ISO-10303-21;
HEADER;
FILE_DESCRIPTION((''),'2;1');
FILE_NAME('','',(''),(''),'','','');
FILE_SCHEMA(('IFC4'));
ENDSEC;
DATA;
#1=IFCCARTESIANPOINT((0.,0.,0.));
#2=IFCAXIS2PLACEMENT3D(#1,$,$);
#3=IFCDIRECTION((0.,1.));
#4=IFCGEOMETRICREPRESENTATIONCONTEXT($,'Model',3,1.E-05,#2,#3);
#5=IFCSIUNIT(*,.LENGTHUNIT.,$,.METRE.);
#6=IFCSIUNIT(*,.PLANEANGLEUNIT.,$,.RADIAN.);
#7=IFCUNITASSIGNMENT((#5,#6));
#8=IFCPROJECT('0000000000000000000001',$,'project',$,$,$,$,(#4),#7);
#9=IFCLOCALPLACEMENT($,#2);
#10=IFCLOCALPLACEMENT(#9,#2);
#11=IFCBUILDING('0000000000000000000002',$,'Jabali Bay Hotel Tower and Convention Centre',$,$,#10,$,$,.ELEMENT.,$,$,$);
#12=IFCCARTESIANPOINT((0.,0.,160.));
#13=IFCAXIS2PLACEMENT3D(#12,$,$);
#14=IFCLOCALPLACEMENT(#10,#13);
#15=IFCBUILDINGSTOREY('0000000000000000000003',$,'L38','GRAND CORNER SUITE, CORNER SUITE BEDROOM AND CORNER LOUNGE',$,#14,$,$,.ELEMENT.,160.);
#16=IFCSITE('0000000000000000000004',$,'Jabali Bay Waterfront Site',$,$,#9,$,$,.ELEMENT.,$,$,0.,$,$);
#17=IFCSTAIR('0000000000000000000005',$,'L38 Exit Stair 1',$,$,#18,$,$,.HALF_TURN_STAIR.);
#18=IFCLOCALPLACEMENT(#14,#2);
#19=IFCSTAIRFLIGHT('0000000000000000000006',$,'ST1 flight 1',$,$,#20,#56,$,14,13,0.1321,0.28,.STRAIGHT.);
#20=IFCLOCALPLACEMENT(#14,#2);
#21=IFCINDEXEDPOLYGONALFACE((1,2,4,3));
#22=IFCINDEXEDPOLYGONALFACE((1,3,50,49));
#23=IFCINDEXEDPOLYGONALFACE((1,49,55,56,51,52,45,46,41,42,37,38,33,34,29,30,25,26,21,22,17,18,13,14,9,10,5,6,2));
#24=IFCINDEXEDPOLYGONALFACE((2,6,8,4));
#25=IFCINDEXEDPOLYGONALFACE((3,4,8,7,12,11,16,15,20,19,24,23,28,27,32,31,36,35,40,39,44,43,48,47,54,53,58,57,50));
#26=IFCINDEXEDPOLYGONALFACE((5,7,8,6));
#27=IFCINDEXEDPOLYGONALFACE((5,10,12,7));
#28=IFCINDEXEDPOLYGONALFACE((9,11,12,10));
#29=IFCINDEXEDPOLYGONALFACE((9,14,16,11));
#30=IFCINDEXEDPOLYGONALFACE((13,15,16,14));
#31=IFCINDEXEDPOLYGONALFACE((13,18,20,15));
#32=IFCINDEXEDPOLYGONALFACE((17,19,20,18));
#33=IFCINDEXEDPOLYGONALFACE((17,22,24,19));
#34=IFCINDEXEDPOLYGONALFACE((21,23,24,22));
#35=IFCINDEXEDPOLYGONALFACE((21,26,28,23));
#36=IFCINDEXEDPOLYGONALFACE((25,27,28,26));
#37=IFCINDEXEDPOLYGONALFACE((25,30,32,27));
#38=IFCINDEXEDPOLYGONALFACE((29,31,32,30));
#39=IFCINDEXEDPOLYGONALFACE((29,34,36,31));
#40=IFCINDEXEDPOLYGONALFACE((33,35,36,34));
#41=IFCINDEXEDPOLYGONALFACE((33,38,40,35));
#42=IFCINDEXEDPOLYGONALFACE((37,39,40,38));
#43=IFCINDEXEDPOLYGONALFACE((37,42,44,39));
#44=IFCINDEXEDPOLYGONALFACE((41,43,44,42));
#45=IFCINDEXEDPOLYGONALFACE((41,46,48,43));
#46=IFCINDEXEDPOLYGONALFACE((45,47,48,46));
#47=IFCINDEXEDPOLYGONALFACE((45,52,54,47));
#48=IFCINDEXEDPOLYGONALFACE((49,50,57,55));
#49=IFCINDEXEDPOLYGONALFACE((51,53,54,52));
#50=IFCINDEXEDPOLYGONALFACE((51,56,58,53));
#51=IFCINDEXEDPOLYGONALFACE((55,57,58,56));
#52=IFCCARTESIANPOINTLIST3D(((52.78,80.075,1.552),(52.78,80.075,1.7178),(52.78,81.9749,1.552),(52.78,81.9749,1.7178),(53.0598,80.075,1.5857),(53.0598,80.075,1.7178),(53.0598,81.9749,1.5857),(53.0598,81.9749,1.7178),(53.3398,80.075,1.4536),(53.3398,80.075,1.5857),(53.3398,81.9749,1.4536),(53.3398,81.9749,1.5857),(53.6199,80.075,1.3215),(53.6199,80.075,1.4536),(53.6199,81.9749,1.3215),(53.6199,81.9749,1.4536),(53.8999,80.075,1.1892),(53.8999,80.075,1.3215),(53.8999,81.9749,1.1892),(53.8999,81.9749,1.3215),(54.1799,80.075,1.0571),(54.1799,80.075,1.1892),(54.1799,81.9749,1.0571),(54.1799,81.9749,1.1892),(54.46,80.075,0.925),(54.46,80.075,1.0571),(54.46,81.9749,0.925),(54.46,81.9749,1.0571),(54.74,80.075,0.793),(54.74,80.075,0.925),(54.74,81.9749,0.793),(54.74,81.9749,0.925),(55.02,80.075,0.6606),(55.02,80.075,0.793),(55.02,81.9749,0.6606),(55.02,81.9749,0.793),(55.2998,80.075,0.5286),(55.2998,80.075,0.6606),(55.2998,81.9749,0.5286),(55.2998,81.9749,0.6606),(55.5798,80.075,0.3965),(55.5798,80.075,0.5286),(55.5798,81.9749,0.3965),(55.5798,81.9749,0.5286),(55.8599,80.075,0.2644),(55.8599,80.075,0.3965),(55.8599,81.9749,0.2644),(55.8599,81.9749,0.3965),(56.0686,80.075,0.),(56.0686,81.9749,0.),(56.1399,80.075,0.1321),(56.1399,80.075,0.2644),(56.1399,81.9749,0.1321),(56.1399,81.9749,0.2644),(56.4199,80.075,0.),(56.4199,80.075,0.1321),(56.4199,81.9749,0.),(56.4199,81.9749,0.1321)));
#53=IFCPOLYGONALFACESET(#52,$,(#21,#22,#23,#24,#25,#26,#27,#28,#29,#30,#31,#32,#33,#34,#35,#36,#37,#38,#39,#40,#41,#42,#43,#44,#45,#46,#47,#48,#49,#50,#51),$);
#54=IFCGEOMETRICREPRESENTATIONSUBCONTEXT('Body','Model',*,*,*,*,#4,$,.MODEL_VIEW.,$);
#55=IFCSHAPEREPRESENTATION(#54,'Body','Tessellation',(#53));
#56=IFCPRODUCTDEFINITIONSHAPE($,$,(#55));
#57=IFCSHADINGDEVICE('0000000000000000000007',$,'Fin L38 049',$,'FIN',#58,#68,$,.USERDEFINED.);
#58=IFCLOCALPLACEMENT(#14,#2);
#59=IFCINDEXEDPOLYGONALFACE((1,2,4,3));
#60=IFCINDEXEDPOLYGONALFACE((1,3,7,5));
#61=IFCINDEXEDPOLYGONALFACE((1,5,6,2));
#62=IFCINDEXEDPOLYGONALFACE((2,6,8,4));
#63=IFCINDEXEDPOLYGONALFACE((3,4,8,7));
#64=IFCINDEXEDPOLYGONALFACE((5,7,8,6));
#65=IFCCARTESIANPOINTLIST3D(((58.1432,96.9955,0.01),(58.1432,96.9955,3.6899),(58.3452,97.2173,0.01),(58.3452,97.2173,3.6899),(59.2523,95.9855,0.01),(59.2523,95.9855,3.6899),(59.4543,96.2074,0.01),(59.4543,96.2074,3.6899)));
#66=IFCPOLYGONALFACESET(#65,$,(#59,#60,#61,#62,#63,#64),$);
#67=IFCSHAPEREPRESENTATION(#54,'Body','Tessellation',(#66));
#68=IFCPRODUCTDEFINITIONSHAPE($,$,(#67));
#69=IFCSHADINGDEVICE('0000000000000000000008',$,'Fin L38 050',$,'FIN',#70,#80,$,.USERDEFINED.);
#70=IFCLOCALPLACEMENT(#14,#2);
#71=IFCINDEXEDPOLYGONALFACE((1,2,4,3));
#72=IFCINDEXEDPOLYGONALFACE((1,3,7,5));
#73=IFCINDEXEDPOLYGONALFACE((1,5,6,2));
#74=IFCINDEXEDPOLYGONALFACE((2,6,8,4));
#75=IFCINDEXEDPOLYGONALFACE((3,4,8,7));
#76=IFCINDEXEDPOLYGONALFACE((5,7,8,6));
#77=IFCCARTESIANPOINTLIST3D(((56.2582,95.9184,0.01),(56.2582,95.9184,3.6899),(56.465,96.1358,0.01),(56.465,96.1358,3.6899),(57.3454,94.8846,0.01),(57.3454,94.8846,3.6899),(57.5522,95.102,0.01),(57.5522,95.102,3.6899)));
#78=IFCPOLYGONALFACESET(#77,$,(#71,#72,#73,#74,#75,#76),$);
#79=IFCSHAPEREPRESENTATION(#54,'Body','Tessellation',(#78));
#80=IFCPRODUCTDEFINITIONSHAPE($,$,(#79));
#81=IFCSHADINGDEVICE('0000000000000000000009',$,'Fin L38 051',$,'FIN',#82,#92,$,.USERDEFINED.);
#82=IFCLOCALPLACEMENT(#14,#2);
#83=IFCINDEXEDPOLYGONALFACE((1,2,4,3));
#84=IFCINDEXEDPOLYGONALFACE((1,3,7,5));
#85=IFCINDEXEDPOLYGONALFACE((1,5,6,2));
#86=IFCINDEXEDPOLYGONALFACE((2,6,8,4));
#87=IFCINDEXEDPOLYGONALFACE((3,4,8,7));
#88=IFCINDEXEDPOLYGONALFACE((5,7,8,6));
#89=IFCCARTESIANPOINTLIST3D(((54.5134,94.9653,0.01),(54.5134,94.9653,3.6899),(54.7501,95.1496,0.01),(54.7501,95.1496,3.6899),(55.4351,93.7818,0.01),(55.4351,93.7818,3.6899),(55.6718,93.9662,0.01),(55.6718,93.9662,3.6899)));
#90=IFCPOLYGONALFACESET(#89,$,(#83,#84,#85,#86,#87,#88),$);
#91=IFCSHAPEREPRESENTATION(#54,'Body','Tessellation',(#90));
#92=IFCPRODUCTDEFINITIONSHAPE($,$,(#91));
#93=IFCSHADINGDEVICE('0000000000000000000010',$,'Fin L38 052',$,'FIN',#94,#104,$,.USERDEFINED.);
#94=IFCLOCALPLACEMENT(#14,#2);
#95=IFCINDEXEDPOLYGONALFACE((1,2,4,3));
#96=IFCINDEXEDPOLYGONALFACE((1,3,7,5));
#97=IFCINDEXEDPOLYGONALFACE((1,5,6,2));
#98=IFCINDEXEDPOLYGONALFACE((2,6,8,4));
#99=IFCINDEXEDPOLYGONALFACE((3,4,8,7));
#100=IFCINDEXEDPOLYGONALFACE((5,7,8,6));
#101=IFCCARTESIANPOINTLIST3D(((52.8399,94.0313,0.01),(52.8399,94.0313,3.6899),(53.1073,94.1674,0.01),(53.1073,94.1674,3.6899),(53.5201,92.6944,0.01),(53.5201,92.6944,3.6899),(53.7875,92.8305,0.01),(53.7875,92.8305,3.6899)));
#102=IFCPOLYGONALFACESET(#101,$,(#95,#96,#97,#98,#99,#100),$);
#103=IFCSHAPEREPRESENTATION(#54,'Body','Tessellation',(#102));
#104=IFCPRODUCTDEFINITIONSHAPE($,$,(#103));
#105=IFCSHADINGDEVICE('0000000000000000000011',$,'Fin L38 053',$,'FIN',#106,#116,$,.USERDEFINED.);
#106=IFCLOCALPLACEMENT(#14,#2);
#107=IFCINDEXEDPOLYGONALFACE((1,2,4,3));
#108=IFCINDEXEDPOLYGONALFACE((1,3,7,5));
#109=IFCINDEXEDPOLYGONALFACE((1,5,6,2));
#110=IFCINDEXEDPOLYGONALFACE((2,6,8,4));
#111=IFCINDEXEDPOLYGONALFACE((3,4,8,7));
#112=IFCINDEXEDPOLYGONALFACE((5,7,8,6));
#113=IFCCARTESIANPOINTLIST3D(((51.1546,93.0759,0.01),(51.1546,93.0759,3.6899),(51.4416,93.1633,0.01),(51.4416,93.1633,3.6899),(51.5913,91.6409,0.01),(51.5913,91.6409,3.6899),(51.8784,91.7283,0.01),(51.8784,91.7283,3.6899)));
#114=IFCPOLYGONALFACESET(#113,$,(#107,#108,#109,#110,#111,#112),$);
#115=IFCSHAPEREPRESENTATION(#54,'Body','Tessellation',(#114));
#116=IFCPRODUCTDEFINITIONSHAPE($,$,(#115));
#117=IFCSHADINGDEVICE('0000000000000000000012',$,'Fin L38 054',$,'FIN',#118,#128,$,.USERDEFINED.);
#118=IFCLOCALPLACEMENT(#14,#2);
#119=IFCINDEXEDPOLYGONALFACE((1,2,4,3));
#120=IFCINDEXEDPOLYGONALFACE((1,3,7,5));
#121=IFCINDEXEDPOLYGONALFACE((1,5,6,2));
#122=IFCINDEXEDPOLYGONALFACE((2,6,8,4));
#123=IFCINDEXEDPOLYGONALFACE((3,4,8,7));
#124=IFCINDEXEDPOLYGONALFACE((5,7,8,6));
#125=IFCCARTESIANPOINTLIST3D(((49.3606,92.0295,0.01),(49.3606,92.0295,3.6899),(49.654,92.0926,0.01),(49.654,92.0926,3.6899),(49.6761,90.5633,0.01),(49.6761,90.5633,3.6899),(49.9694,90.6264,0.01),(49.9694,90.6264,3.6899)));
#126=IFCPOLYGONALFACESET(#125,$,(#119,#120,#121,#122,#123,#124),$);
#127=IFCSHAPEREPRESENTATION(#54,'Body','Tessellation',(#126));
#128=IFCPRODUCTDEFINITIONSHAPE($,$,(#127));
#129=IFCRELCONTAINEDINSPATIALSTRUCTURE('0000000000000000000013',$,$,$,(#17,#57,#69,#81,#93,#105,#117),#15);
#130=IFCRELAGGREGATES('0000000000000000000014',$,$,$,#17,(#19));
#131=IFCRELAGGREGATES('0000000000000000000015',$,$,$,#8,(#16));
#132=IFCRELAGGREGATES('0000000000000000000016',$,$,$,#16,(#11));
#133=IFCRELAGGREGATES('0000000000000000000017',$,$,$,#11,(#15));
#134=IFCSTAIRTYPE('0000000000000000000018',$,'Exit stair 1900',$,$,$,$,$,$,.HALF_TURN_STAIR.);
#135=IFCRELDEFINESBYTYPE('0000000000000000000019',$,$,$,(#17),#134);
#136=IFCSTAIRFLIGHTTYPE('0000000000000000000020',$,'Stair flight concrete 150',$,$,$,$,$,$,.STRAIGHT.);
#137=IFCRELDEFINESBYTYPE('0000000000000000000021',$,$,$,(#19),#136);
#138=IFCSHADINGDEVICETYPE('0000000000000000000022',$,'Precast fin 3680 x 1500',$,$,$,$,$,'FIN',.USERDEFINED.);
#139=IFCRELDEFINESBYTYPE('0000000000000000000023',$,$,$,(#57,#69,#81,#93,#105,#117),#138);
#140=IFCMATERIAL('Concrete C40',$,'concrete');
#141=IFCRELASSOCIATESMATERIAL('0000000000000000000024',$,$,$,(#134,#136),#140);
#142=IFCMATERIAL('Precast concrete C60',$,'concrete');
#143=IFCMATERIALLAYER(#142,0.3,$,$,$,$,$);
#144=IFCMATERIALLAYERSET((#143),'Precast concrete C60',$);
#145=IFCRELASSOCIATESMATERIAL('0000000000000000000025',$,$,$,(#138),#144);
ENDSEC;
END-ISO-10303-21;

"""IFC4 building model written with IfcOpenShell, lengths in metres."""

from ifc_helpers import new_model, si_unit, direction, frame, frame_2d, origin, place, context, subcontext, project, spatial, polyline, rectangle, outline, extrude, material, layer, layer_set, type_object, element, aggregate, save


model = new_model("IFC4")

# Units and contexts
model_context = context("Model", 3, precision=1e-05, world=origin(), true_north=direction((0.0, 1.0)))
body_context = subcontext(model_context, "Body", "Model", "MODEL_VIEW")
ifc_project = project(units=[si_unit("LENGTHUNIT", "METRE"), si_unit("PLANEANGLEUNIT", "RADIAN")], contexts=[model_context])

# Site, building, storey
site_placement = place(None, origin())
site = spatial("IfcSite", under=ifc_project, at=site_placement, Name="Jabali Bay Waterfront Site", CompositionType="ELEMENT", RefElevation=0.0)
building_placement = place(site_placement, origin())
building = spatial("IfcBuilding", under=site, at=building_placement, Name="Jabali Bay Hotel Tower and Convention Centre", CompositionType="ELEMENT")
storey_placement = place(building_placement, frame((0.0, 0.0, 160.0)))
storey = spatial("IfcBuildingStorey", under=building, at=storey_placement, Name="L38", Description="GRAND CORNER SUITE, CORNER SUITE BEDROOM AND CORNER LOUNGE", CompositionType="ELEMENT", Elevation=160.0)

# Shared definitions
ifc_material_1 = material(Name="Concrete C40", Category="concrete")

# Stair, stair flight
stair_type = type_object("IfcStairType", Name="Exit stair 1900", PredefinedType="HALF_TURN_STAIR", material=ifc_material_1)
stair_placement = place(storey_placement, origin())
stair = element("IfcStair", 1, at=stair_placement, inside=storey, type_object=stair_type, Name="L38 Exit Stair 1", PredefinedType="HALF_TURN_STAIR")
stair_flight_type = type_object("IfcStairFlightType", Name="Stair flight concrete 150", PredefinedType="STRAIGHT", material=ifc_material_1)
stair_flight_placement = place(storey_placement, frame((56.4199, 81.0249, 0.0), z_axis=(0.0, 0.0, 1.0), x_axis=(-1.0, 0.0, 0.0)))
stair_flight = element("IfcStairFlight", 2, at=stair_flight_placement, type_object=stair_flight_type, Name="ST1 flight 1", NumberOfRisers=14, NumberOfTreads=13, PredefinedType="STRAIGHT", RiserHeight=0.1321, TreadLength=0.28, context=body_context, shape_type="SweptSolid", body=[
    extrude(outline(polyline([(0.0, 0.0), (0.0, 0.1321), (0.28, 0.1321), (0.28, 0.2644), (0.5601, 0.2644), (0.5601, 0.3965), (0.8401, 0.3965), (0.8401, 0.5286), (1.1201, 0.5286), (1.1201, 0.6606), (1.3999, 0.6606), (1.3999, 0.793), (1.6799, 0.793), (1.6799, 0.925), (1.96, 0.925), (1.96, 1.0571), (2.24, 1.0571), (2.24, 1.1892), (2.52, 1.1892), (2.52, 1.3215), (2.8, 1.3215), (2.8, 1.4536), (3.0801, 1.4536), (3.0801, 1.5857), (3.3601, 1.5857), (3.3601, 1.7178), (3.6399, 1.7178), (3.6399, 1.8501), (3.6399, 1.552), (0.3513, 0.0), (0.0, 0.0)])), frame((0.0, 0.95, 0.0), z_axis=(0.0, -1.0, 0.0), x_axis=(1.0, 0.0, 0.0)), (0.0, 0.0, 1.0), 1.8999),
])
aggregate(stair, [stair_flight])

# Shading devices
ifc_material_2 = material(Name="Precast concrete C60", Category="concrete")
ifc_layer_1 = layer(ifc_material_2, 0.3)
ifc_layer_set_1 = layer_set([ifc_layer_1], Name="Precast concrete C60")
shading_device_type = type_object("IfcShadingDeviceType", Name="Precast fin 3680 x 1500", ElementType="FIN", PredefinedType="USERDEFINED", material=ifc_layer_set_1)
shading_device_1_placement = place(storey_placement, frame((59.3533, 96.0964, 0.01), z_axis=(0.0, 0.0, 1.0), x_axis=(-0.739373, 0.673296, 0.0)))
element("IfcShadingDevice", 3, at=shading_device_1_placement, inside=storey, type_object=shading_device_type, Name="Fin L38 049", ObjectType="FIN", PredefinedType="USERDEFINED", context=body_context, shape_type="SweptSolid", body=[
    extrude(rectangle(XDim=1.5, YDim=0.3, at=frame_2d((0.75, 0.0))), origin(), (0.0, 0.0, 1.0), 3.6799),
])
shading_device_2_placement = place(storey_placement, frame((57.4487, 94.9934, 0.01), z_axis=(0.0, 0.0, 1.0), x_axis=(-0.724703, 0.689062, 0.0)))
element("IfcShadingDevice", 4, at=shading_device_2_placement, inside=storey, type_object=shading_device_type, Name="Fin L38 050", ObjectType="FIN", PredefinedType="USERDEFINED", context=body_context, shape_type="SweptSolid", body=[
    extrude(rectangle(XDim=1.5002, YDim=0.3, at=frame_2d((0.75, 0.0))), origin(), (0.0, 0.0, 1.0), 3.6799),
])
for number, where, z_axis, x_axis, name in (
    (5, (55.5535, 93.874, 0.01), (0.0, 0.0, 1.0), (-0.614459, 0.788949, 0.0), "Fin L38 051"),
    (6, (53.6538, 92.7625, 0.01), (0.0, 0.0, 1.0), (-0.453453, 0.89128, 0.0), "Fin L38 052"),
    (7, (51.7349, 91.6846, 0.01), (0.0, 0.0, 1.0), (-0.291168, 0.956672, 0.0), "Fin L38 053"),
):
    element("IfcShadingDevice", number, at=place(storey_placement, frame(where, z_axis=z_axis, x_axis=x_axis)), inside=storey, type_object=shading_device_type, Name=name, ObjectType="FIN", PredefinedType="USERDEFINED", context=body_context, shape_type="SweptSolid", body=[
        extrude(rectangle(XDim=1.5, YDim=0.3, at=frame_2d((0.75, 0.0))), origin(), (0.0, 0.0, 1.0), 3.6799),
    ])
shading_device_3_placement = place(storey_placement, frame((49.8228, 90.5947, 0.01), z_axis=(0.0, 0.0, 1.0), x_axis=(-0.210307, 0.977635, 0.0)))
element("IfcShadingDevice", 8, at=shading_device_3_placement, inside=storey, type_object=shading_device_type, Name="Fin L38 054", ObjectType="FIN", PredefinedType="USERDEFINED", context=body_context, shape_type="SweptSolid", body=[
    extrude(rectangle(XDim=1.4998, YDim=0.3, at=frame_2d((0.75, 0.0))), origin(), (0.0, 0.0, 1.0), 3.6799),
])

save(model, "model.ifc")
